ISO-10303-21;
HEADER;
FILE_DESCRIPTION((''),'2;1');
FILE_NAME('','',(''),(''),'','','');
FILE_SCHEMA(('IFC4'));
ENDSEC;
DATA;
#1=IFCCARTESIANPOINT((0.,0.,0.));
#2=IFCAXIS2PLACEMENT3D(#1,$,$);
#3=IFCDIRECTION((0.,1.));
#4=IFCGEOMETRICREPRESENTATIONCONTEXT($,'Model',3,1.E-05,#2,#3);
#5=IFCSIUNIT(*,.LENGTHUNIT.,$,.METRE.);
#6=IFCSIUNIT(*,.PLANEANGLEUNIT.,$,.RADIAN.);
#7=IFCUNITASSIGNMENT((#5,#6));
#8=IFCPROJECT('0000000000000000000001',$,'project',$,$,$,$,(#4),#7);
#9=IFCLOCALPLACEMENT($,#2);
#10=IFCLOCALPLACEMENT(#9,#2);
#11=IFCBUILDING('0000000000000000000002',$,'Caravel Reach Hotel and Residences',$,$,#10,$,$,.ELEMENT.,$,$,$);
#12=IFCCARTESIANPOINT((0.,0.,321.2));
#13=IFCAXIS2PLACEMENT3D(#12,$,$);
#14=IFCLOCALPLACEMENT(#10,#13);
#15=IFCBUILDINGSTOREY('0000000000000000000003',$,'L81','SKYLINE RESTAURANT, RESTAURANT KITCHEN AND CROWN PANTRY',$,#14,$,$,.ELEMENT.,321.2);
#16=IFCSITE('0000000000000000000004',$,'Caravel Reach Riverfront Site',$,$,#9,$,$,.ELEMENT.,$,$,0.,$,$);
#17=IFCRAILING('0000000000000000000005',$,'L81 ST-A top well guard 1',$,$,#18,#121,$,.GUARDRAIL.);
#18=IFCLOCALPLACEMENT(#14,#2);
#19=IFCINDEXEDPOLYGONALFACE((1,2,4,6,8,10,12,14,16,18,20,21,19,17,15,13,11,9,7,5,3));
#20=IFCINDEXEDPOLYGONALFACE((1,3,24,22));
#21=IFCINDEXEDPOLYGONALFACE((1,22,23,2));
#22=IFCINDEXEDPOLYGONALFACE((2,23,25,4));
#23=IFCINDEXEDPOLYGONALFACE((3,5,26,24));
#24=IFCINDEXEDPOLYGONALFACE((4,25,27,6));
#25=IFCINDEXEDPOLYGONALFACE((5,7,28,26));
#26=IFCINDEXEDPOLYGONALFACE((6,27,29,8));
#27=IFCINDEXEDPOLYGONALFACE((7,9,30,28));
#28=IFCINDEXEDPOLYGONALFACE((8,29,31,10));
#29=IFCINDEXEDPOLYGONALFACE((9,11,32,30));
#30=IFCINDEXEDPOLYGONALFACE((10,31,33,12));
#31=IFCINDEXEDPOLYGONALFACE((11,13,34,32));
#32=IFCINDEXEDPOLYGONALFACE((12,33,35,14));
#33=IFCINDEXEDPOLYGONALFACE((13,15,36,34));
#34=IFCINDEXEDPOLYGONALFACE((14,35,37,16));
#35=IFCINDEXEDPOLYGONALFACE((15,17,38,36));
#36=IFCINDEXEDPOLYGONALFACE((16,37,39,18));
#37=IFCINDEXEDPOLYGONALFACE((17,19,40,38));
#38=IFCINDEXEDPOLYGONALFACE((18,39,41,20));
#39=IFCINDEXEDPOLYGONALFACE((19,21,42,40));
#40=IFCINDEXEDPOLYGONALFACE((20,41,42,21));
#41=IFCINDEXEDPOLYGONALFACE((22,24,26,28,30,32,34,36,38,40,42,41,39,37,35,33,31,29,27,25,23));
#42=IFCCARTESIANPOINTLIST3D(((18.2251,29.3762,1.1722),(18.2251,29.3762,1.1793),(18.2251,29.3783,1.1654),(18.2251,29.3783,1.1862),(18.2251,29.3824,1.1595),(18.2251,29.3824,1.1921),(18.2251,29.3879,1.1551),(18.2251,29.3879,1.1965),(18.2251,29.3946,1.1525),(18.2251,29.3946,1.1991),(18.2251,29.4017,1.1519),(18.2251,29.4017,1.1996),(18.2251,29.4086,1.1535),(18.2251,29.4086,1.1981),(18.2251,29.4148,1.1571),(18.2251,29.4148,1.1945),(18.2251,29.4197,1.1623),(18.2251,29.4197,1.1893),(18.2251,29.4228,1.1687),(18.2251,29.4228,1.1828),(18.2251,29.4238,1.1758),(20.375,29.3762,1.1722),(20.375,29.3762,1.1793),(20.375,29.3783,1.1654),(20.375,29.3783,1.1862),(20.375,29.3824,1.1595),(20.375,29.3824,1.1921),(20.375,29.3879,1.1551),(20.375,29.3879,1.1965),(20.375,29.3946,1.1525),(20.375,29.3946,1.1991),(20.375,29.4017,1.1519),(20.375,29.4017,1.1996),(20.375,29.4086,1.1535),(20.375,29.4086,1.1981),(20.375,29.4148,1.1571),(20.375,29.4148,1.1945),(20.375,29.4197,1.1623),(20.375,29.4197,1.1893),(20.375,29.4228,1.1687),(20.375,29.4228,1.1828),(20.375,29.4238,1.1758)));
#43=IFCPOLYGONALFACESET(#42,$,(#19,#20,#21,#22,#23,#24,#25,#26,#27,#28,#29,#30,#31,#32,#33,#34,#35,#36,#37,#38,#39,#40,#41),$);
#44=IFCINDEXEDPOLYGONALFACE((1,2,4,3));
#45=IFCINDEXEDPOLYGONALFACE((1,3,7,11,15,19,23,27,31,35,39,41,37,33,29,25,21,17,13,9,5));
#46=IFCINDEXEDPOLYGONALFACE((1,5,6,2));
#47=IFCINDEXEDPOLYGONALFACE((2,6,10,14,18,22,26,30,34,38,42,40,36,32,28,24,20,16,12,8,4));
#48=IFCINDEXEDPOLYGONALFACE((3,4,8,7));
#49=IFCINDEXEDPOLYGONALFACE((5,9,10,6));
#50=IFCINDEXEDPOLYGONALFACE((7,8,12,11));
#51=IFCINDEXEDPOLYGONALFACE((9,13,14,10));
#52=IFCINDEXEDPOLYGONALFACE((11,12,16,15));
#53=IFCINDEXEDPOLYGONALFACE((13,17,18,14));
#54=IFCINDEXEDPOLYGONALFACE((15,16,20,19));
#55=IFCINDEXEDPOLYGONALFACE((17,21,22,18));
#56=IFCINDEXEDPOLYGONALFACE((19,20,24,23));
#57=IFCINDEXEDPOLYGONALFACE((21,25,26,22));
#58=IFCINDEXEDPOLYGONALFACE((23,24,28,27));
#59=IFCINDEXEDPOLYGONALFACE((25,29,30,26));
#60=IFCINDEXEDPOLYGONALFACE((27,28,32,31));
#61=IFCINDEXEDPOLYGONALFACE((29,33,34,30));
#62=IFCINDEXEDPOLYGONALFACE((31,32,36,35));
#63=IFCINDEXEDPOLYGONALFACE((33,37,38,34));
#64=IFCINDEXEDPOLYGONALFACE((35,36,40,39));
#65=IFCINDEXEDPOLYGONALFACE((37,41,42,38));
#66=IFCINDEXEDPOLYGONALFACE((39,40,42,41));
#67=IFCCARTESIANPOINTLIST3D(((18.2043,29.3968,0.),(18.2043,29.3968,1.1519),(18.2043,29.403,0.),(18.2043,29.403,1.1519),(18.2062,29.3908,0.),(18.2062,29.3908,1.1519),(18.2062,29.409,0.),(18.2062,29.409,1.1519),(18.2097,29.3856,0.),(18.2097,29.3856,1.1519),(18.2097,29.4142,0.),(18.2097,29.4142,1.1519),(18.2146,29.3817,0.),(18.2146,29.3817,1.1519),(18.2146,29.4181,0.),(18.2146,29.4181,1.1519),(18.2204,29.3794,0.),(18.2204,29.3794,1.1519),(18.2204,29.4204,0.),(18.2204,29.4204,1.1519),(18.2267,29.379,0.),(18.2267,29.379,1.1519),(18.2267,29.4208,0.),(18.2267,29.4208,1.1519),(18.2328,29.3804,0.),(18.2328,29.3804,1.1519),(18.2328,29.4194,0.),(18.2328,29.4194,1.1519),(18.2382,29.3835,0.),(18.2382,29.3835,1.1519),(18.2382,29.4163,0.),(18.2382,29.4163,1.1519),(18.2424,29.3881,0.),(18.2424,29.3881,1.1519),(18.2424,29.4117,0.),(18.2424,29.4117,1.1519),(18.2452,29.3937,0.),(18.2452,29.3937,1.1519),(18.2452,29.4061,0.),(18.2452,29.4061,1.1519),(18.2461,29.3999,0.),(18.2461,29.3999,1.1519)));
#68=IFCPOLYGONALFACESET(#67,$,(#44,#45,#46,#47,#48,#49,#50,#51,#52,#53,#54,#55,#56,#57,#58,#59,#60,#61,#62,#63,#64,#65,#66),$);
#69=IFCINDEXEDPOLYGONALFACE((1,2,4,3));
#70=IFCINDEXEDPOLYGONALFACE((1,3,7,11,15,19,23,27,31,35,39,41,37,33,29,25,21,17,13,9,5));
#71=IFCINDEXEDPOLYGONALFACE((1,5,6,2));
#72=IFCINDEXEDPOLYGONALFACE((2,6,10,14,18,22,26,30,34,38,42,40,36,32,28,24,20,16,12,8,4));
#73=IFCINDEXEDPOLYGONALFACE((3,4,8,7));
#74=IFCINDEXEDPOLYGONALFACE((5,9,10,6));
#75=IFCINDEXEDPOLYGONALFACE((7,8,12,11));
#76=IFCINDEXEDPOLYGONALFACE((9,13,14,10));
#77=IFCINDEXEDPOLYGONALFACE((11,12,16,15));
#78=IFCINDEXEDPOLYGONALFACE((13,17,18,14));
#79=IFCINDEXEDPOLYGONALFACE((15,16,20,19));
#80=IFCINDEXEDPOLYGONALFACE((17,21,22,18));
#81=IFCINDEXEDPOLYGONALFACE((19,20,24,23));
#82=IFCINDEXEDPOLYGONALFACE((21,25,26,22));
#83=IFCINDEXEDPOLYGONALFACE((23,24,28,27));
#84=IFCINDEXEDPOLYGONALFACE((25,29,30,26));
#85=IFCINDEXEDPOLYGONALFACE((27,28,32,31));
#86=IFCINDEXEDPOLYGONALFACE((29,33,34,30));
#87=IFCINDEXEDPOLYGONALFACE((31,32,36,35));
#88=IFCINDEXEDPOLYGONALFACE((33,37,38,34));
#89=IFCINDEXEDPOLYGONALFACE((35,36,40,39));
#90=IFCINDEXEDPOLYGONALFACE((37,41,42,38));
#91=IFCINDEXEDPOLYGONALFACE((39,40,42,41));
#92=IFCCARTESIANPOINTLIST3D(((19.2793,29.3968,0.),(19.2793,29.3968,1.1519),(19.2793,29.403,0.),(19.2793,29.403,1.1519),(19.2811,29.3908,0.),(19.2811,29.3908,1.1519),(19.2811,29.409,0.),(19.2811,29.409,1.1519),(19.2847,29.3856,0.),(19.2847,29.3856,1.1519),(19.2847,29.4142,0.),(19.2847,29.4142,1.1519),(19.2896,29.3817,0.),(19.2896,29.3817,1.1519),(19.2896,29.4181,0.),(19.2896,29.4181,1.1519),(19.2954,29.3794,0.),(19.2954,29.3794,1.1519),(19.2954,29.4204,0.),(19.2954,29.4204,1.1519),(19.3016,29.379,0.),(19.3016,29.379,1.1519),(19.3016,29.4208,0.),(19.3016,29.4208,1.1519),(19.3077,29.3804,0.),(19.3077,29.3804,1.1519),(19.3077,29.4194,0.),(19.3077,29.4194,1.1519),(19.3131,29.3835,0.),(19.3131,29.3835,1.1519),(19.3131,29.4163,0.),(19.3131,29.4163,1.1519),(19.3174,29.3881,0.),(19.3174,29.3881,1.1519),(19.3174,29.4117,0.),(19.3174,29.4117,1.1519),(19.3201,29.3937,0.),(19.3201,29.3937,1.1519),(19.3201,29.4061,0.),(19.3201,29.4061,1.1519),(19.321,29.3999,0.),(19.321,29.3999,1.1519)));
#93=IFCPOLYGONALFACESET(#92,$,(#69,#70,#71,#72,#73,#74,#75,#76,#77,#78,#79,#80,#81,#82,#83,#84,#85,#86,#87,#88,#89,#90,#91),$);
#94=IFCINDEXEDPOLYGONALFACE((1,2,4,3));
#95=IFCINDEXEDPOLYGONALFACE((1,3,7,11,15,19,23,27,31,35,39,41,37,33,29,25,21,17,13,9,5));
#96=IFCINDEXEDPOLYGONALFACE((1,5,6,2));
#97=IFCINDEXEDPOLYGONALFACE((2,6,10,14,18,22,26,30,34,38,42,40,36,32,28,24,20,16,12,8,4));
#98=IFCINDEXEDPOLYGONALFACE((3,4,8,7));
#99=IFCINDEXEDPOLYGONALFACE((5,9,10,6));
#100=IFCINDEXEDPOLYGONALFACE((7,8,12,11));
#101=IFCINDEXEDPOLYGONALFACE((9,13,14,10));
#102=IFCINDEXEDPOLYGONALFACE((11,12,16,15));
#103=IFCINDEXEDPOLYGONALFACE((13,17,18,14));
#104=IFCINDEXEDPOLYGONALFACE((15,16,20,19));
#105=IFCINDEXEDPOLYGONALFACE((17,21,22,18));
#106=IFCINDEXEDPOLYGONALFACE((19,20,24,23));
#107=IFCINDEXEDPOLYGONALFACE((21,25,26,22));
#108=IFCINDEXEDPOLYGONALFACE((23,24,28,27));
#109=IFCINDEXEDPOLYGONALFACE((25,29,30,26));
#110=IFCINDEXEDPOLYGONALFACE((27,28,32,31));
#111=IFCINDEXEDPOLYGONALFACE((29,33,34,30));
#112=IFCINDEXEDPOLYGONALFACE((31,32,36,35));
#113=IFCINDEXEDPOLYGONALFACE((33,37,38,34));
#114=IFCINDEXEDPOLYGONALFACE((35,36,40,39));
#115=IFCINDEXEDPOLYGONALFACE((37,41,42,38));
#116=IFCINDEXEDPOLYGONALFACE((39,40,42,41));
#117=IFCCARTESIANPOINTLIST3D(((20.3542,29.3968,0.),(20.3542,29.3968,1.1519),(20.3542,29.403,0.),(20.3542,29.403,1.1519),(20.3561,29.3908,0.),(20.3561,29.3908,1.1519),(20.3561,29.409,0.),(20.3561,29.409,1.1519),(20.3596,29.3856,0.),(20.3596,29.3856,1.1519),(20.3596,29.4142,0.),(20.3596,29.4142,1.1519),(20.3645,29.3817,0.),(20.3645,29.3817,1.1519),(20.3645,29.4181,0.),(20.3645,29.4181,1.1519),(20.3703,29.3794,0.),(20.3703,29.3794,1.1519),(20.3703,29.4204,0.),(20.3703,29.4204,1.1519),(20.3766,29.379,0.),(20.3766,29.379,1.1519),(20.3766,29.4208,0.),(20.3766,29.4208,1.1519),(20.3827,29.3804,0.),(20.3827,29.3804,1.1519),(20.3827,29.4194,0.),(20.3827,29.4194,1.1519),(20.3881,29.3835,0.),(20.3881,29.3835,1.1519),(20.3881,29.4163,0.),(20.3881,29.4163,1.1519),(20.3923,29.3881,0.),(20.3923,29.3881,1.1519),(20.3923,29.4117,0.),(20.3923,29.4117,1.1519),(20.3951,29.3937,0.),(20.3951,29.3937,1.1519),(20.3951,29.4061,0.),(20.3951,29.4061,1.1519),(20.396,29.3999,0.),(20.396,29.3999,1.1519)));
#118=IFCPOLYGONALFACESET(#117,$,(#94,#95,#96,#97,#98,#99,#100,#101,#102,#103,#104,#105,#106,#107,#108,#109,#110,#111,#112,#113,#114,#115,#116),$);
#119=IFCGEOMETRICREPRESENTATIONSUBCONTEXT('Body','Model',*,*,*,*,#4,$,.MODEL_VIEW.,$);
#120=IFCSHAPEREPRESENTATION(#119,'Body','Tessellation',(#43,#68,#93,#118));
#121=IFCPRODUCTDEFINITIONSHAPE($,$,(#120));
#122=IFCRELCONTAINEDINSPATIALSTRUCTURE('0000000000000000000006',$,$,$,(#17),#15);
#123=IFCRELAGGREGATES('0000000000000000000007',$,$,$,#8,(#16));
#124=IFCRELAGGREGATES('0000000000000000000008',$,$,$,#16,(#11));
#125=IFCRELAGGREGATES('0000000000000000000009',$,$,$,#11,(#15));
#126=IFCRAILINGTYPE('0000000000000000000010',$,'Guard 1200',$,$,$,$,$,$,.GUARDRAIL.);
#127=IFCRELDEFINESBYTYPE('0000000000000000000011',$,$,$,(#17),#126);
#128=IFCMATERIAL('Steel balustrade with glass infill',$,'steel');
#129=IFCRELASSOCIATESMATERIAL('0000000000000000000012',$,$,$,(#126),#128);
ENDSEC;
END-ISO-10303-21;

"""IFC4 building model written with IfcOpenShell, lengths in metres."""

from ifc_helpers import new_model, si_unit, direction, frame, origin, origin_2d, place, context, subcontext, project, spatial, circle, extrude, material, type_object, element, save


model = new_model("IFC4")

# Units and contexts
model_context = context("Model", 3, precision=1e-05, world=origin(), true_north=direction((0.0, 1.0)))
body_context = subcontext(model_context, "Body", "Model", "MODEL_VIEW")
ifc_project = project(units=[si_unit("LENGTHUNIT", "METRE"), si_unit("PLANEANGLEUNIT", "RADIAN")], contexts=[model_context])

# Site, building, storey
site_placement = place(None, origin())
site = spatial("IfcSite", under=ifc_project, at=site_placement, Name="Caravel Reach Riverfront Site", CompositionType="ELEMENT", RefElevation=0.0)
building_placement = place(site_placement, origin())
building = spatial("IfcBuilding", under=site, at=building_placement, Name="Caravel Reach Hotel and Residences", CompositionType="ELEMENT")
storey_placement = place(building_placement, frame((0.0, 0.0, 321.2)))
storey = spatial("IfcBuildingStorey", under=building, at=storey_placement, Name="L81", Description="SKYLINE RESTAURANT, RESTAURANT KITCHEN AND CROWN PANTRY", CompositionType="ELEMENT", Elevation=321.2)

# Railing
ifc_material_1 = material(Name="Steel balustrade with glass infill", Category="steel")
railing_type = type_object("IfcRailingType", Name="Guard 1200", PredefinedType="GUARDRAIL", material=ifc_material_1)
railing_placement = place(storey_placement, frame((18.2251, 29.3999, 0.0)))
element("IfcRailing", 1, at=railing_placement, inside=storey, type_object=railing_type, Name="L81 ST-A top well guard 1", PredefinedType="GUARDRAIL", context=body_context, shape_type="SweptSolid", body=[
    extrude(circle(Radius=0.0239, at=origin_2d()), frame((0.0, 0.0, 1.1758), z_axis=(1.0, 0.0, 0.0), x_axis=(0.0, 1.0, 0.0)), (0.0, 0.0, 1.0), 2.1499),
    extrude(circle(Radius=0.021, at=origin_2d()), origin(), (0.0, 0.0, 1.0), 1.1519),
    extrude(circle(Radius=0.021, at=origin_2d()), frame((1.075, 0.0, 0.0)), (0.0, 0.0, 1.0), 1.1519),
    extrude(circle(Radius=0.021, at=origin_2d()), frame((2.1499, 0.0, 0.0)), (0.0, 0.0, 1.0), 1.1519),
])

save(model, "model.ifc")
